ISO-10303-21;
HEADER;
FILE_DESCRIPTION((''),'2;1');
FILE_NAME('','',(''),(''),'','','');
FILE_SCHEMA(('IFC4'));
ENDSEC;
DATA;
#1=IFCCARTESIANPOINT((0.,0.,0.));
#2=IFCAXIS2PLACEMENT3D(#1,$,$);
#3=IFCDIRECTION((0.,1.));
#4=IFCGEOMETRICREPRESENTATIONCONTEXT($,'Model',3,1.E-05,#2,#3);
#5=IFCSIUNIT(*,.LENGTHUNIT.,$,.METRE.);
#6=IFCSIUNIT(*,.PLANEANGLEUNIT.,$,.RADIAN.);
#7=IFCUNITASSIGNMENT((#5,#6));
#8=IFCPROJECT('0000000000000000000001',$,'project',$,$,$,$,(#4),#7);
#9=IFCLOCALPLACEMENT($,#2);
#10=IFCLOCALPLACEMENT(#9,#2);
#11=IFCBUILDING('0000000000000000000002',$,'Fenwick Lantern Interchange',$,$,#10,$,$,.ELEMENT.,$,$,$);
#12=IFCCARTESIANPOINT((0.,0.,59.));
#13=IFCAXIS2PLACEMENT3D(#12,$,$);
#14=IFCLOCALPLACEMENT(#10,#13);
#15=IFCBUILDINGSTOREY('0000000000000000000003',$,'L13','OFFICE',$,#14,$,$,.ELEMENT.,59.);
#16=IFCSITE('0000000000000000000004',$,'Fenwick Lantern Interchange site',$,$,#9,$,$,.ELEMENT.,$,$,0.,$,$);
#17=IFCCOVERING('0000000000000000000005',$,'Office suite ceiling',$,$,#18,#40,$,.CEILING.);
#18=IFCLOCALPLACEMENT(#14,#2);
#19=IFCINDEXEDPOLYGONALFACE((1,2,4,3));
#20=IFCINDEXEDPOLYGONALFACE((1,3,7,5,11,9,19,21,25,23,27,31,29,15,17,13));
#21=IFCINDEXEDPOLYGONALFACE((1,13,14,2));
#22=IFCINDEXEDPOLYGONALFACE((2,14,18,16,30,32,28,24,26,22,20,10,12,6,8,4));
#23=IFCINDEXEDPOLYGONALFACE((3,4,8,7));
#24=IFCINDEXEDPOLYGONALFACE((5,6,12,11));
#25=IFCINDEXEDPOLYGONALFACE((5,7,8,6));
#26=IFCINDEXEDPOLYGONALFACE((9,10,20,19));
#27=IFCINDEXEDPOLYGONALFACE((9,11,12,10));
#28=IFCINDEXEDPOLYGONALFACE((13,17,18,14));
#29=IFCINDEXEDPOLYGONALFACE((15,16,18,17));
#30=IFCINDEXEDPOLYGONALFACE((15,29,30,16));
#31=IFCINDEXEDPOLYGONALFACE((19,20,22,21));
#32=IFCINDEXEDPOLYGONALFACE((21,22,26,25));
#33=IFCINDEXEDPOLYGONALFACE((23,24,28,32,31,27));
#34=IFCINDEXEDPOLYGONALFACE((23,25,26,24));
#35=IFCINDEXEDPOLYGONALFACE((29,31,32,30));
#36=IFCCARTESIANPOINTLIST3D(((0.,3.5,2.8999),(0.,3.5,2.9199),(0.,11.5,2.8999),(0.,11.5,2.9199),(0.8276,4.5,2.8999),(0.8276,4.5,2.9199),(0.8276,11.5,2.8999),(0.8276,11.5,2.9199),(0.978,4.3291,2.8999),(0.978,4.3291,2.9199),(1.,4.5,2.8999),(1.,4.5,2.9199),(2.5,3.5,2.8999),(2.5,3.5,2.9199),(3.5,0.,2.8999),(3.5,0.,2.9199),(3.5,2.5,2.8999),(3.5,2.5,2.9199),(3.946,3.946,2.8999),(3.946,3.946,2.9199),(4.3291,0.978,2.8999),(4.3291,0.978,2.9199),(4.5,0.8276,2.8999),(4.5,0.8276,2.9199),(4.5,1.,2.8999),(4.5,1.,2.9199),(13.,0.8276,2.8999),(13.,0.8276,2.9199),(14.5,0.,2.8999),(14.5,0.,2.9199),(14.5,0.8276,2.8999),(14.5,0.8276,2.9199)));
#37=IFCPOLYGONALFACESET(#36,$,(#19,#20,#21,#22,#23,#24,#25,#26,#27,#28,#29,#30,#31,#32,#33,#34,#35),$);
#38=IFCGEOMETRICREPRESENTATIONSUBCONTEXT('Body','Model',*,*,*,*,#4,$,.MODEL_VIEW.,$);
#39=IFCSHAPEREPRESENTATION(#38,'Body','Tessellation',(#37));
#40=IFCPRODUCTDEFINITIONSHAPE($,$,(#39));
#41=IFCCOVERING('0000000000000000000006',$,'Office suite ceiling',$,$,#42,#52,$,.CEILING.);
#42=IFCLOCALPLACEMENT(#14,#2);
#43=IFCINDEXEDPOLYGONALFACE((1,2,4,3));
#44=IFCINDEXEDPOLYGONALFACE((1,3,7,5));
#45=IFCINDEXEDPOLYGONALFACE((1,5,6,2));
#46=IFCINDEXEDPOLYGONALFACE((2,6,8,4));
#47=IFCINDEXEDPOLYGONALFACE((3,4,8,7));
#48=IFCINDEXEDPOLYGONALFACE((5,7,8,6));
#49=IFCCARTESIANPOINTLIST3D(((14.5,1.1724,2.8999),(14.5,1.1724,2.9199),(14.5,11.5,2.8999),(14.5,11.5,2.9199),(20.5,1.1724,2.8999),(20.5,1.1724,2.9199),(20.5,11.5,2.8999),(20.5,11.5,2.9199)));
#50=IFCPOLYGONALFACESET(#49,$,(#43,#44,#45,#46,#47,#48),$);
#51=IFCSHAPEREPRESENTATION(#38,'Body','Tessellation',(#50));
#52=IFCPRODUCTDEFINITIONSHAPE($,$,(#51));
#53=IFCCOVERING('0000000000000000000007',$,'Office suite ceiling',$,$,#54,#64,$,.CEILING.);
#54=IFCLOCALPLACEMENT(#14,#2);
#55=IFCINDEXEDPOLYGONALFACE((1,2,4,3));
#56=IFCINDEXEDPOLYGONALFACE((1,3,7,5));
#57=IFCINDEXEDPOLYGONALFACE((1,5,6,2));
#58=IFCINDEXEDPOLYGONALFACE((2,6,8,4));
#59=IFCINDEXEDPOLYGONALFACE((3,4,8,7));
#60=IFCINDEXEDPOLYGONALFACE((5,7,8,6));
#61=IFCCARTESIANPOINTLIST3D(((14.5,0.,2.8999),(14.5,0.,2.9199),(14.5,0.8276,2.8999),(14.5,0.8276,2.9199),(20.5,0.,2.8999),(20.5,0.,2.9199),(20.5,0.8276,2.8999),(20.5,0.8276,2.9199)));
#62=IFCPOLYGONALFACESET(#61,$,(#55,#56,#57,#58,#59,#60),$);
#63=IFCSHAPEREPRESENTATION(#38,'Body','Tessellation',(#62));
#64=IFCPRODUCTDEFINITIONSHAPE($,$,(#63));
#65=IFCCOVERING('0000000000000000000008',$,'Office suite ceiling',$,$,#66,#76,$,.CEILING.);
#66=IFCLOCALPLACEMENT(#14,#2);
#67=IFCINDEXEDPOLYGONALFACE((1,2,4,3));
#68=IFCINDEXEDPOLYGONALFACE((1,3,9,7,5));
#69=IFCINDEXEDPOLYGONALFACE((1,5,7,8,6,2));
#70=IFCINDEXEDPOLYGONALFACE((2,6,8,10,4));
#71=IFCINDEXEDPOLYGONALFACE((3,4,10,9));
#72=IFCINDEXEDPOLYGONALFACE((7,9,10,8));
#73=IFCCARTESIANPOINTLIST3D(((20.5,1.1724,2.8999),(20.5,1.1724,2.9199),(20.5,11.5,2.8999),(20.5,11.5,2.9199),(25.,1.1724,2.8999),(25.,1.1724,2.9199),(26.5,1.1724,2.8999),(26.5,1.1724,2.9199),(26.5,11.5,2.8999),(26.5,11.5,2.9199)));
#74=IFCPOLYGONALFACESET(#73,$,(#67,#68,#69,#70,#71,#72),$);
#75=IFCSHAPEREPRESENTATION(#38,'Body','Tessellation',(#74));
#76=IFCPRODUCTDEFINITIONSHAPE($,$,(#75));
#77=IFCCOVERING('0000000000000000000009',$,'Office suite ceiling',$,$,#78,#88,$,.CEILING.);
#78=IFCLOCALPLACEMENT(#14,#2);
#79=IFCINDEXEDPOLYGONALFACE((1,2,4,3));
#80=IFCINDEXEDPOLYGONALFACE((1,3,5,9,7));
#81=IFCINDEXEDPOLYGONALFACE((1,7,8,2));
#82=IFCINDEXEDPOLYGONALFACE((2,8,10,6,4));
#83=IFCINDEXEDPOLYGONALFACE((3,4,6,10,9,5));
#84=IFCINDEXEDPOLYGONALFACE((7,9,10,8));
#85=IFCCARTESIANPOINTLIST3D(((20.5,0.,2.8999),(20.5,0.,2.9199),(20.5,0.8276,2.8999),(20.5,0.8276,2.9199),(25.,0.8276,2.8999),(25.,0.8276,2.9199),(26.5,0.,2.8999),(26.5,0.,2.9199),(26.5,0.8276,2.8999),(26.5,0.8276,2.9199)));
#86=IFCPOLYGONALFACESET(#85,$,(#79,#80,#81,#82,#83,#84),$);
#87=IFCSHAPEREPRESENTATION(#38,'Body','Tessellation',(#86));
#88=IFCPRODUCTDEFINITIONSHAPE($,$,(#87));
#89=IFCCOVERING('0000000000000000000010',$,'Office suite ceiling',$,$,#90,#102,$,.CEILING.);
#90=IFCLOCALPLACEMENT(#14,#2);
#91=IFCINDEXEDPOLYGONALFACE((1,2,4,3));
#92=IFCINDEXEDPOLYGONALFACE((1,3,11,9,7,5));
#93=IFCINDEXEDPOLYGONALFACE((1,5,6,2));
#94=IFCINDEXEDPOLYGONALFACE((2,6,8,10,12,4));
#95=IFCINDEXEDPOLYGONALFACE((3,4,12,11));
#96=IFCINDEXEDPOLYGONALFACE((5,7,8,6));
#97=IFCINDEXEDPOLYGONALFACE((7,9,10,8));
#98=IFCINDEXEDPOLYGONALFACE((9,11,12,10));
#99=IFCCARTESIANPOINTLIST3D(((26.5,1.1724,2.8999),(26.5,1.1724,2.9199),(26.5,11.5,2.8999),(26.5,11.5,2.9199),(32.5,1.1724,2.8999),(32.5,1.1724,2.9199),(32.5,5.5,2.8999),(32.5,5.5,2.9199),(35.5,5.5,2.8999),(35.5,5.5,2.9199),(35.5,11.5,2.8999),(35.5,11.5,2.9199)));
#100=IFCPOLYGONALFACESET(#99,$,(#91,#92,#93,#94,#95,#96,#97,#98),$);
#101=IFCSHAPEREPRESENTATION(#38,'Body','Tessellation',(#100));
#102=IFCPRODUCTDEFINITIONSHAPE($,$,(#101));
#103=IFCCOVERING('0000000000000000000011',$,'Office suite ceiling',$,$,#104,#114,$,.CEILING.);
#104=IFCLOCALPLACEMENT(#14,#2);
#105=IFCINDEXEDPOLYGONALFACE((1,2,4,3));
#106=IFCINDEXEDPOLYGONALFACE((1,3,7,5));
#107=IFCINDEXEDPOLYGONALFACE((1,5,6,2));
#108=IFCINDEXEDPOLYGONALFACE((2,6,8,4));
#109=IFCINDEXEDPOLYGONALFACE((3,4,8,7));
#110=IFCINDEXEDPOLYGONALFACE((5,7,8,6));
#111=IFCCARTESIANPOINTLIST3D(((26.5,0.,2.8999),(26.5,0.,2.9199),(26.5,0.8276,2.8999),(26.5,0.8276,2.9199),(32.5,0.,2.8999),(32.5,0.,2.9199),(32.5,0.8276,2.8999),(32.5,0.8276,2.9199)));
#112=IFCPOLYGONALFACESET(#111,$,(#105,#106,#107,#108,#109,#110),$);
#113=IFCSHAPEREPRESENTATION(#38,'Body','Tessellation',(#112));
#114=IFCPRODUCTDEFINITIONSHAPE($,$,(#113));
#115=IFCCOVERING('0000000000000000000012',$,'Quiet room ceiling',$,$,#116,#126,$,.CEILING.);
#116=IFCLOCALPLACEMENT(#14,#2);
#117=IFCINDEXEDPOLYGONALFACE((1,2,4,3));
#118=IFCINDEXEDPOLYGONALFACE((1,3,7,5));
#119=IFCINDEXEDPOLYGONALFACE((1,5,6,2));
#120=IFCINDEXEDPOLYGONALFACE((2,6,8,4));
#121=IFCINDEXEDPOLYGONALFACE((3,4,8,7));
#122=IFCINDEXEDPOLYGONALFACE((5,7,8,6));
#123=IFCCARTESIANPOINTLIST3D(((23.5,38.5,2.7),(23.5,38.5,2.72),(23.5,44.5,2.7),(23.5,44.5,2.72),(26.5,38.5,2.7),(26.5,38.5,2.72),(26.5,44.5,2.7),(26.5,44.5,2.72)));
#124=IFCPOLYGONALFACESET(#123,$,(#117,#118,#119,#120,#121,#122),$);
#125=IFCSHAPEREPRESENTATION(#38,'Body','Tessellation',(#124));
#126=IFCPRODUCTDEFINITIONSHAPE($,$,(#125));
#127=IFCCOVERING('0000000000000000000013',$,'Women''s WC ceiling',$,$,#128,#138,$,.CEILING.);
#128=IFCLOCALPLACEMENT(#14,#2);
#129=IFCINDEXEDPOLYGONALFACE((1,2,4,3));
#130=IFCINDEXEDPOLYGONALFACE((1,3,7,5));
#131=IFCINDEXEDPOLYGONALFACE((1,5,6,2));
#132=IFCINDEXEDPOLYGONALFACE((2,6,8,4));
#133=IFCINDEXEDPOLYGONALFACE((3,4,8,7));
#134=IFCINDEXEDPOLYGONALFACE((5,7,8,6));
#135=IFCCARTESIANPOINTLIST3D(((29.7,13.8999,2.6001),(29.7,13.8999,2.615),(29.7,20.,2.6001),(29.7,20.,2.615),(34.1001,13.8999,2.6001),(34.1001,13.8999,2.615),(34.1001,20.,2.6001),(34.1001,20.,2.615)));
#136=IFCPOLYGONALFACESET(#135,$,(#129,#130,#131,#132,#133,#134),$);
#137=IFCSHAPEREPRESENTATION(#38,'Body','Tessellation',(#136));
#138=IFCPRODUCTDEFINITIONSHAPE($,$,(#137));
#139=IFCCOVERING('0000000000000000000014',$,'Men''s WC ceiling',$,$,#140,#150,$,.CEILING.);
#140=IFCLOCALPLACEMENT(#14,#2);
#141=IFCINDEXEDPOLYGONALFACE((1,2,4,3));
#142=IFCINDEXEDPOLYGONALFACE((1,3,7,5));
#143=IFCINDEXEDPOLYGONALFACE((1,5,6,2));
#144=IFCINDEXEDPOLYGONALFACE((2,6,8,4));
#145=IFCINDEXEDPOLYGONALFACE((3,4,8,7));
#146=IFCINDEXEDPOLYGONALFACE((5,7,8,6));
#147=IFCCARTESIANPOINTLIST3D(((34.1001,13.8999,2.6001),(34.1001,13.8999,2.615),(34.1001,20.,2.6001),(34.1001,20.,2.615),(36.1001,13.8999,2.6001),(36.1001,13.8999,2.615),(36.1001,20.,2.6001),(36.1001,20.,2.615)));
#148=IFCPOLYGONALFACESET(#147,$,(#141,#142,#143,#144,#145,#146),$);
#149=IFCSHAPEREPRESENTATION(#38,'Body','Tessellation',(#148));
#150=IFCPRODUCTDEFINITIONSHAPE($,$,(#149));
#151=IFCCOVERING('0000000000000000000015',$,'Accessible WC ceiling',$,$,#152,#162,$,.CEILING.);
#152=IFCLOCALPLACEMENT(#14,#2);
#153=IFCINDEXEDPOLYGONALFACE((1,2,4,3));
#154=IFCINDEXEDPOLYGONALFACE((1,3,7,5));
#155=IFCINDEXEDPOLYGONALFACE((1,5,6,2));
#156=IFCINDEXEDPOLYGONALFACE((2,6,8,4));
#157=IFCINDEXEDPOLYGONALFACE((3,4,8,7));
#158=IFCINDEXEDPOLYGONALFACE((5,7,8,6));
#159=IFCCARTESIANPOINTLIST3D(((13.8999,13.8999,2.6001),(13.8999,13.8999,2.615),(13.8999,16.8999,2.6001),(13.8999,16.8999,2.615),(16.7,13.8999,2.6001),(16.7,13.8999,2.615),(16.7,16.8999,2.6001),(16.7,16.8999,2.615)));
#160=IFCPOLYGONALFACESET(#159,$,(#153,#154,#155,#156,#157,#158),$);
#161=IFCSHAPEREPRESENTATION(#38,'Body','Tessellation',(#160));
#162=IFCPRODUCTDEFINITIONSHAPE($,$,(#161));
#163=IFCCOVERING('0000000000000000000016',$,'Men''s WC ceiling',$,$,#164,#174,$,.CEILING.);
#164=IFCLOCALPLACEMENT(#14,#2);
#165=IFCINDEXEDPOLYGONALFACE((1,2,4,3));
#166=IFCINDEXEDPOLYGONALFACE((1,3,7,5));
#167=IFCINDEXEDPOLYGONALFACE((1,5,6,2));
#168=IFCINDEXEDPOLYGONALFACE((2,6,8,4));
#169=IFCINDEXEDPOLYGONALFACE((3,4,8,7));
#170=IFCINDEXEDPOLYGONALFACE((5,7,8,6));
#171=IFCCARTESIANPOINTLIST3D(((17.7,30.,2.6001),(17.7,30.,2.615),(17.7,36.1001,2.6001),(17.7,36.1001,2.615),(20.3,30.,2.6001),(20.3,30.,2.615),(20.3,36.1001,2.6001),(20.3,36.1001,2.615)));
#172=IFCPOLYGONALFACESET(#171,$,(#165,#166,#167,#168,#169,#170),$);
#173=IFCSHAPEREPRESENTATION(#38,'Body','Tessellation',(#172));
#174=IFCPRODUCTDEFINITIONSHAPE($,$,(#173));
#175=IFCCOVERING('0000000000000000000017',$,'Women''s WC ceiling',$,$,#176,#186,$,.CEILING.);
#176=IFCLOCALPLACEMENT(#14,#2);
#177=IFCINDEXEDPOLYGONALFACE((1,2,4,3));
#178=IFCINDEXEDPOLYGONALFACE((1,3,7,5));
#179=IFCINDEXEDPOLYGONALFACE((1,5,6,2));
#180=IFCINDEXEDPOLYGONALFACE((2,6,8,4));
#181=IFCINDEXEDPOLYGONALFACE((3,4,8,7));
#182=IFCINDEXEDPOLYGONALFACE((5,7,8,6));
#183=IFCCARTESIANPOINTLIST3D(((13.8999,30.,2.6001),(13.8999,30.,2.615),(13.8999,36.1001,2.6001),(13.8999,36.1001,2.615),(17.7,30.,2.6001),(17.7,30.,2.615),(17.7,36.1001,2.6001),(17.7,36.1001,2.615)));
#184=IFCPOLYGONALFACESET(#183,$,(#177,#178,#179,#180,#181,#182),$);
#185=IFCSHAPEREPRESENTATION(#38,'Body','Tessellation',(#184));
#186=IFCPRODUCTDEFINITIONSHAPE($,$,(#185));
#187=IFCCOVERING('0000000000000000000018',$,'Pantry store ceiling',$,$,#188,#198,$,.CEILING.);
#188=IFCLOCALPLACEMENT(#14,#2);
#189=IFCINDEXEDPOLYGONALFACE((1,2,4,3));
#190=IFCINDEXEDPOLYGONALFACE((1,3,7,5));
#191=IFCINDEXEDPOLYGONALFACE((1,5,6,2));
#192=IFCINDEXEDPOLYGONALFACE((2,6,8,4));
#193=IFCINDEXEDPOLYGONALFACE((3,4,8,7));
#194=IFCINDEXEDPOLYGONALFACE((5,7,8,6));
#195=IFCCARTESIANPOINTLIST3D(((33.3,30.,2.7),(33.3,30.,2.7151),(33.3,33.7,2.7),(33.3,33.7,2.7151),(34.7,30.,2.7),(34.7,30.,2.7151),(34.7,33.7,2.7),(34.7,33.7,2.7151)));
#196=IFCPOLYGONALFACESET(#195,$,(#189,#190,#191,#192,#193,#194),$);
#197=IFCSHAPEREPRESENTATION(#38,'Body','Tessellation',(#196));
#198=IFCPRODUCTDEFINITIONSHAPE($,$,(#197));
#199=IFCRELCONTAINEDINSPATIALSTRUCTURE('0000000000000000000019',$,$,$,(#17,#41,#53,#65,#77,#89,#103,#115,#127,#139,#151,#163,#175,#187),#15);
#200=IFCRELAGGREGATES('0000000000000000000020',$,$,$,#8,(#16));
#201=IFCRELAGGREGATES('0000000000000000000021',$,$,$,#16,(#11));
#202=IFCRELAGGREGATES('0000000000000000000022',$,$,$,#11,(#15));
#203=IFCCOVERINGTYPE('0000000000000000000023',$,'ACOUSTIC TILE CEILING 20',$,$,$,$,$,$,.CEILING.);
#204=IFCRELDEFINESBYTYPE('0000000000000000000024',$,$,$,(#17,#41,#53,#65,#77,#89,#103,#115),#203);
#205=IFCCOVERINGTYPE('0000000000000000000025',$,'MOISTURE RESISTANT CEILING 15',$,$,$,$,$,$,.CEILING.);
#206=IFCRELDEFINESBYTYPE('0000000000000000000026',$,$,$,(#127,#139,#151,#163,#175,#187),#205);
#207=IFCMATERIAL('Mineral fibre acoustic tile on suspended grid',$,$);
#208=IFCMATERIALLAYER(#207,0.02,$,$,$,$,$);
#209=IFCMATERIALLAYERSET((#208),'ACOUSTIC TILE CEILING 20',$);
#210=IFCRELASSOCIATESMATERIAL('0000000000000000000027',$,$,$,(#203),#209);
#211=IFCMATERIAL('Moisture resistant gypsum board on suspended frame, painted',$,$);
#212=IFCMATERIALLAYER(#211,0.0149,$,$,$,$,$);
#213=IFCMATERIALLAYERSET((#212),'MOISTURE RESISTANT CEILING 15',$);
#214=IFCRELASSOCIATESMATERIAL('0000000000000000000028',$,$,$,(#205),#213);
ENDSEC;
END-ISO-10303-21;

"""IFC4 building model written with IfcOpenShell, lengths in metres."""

from ifc_helpers import new_model, si_unit, direction, frame, origin, place, context, subcontext, project, spatial, polyline, outline, extrude, material, layer, layer_set, type_object, element, save


model = new_model("IFC4")

# Units and contexts
model_context = context("Model", 3, precision=1e-05, world=origin(), true_north=direction((0.0, 1.0)))
body_context = subcontext(model_context, "Body", "Model", "MODEL_VIEW")
ifc_project = project(units=[si_unit("LENGTHUNIT", "METRE"), si_unit("PLANEANGLEUNIT", "RADIAN")], contexts=[model_context])

# Site, building, storey
site_placement = place(None, origin())
site = spatial("IfcSite", under=ifc_project, at=site_placement, Name="Fenwick Lantern Interchange site", CompositionType="ELEMENT", RefElevation=0.0)
building_placement = place(site_placement, origin())
building = spatial("IfcBuilding", under=site, at=building_placement, Name="Fenwick Lantern Interchange", CompositionType="ELEMENT")
storey_placement = place(building_placement, frame((0.0, 0.0, 59.0)))
storey = spatial("IfcBuildingStorey", under=building, at=storey_placement, Name="L13", Description="OFFICE", CompositionType="ELEMENT", Elevation=59.0)

# Coverings
ifc_material_1 = material(Name="Mineral fibre acoustic tile on suspended grid")
ifc_layer_1 = layer(ifc_material_1, 0.02)
ifc_layer_set_1 = layer_set([ifc_layer_1], Name="ACOUSTIC TILE CEILING 20")
covering_type_1 = type_object("IfcCoveringType", Name="ACOUSTIC TILE CEILING 20", PredefinedType="CEILING", material=ifc_layer_set_1)
covering_1_placement = place(storey_placement, frame((0.0, 0.0, 2.8999)))
element("IfcCovering", 1, at=covering_1_placement, inside=storey, type_object=covering_type_1, Name="Office suite ceiling", PredefinedType="CEILING", context=body_context, shape_type="SweptSolid", body=[
    extrude(outline(polyline([(3.5, 2.5), (3.5, 0.0), (14.5, 0.0), (14.5, 0.8276), (13.0, 0.8276), (4.5, 0.8276), (4.5, 1.0), (4.3291, 0.978), (3.946, 3.946), (0.978, 4.3291), (1.0, 4.5), (0.8276, 4.5), (0.8276, 11.5), (0.0, 11.5), (0.0, 3.5), (2.5, 3.5), (3.5, 2.5)])), origin(), (0.0, 0.0, 1.0), 0.02),
])
covering_2_placement = place(storey_placement, frame((0.0, 0.0, 2.8999)))
element("IfcCovering", 2, at=covering_2_placement, inside=storey, type_object=covering_type_1, Name="Office suite ceiling", PredefinedType="CEILING", context=body_context, shape_type="SweptSolid", body=[
    extrude(outline(polyline([(14.5, 11.5), (14.5, 1.1724), (20.5, 1.1724), (20.5, 11.5), (14.5, 11.5)])), origin(), (0.0, 0.0, 1.0), 0.02),
])
covering_3_placement = place(storey_placement, frame((0.0, 0.0, 2.8999)))
element("IfcCovering", 3, at=covering_3_placement, inside=storey, type_object=covering_type_1, Name="Office suite ceiling", PredefinedType="CEILING", context=body_context, shape_type="SweptSolid", body=[
    extrude(outline(polyline([(14.5, 0.0), (20.5, 0.0), (20.5, 0.8276), (14.5, 0.8276), (14.5, 0.0)])), origin(), (0.0, 0.0, 1.0), 0.02),
])
covering_4_placement = place(storey_placement, frame((0.0, 0.0, 2.8999)))
element("IfcCovering", 4, at=covering_4_placement, inside=storey, type_object=covering_type_1, Name="Office suite ceiling", PredefinedType="CEILING", context=body_context, shape_type="SweptSolid", body=[
    extrude(outline(polyline([(20.5, 11.5), (20.5, 1.1724), (25.0, 1.1724), (26.5, 1.1724), (26.5, 11.5), (20.5, 11.5)])), origin(), (0.0, 0.0, 1.0), 0.02),
])
covering_5_placement = place(storey_placement, frame((0.0, 0.0, 2.8999)))
element("IfcCovering", 5, at=covering_5_placement, inside=storey, type_object=covering_type_1, Name="Office suite ceiling", PredefinedType="CEILING", context=body_context, shape_type="SweptSolid", body=[
    extrude(outline(polyline([(20.5, 0.0), (26.5, 0.0), (26.5, 0.8276), (25.0, 0.8276), (20.5, 0.8276), (20.5, 0.0)])), origin(), (0.0, 0.0, 1.0), 0.02),
])
covering_6_placement = place(storey_placement, frame((0.0, 0.0, 2.8999)))
element("IfcCovering", 6, at=covering_6_placement, inside=storey, type_object=covering_type_1, Name="Office suite ceiling", PredefinedType="CEILING", context=body_context, shape_type="SweptSolid", body=[
    extrude(outline(polyline([(26.5, 11.5), (26.5, 1.1724), (32.5, 1.1724), (32.5, 5.5), (35.5, 5.5), (35.5, 11.5), (26.5, 11.5)])), origin(), (0.0, 0.0, 1.0), 0.02),
])
covering_7_placement = place(storey_placement, frame((0.0, 0.0, 2.8999)))
element("IfcCovering", 7, at=covering_7_placement, inside=storey, type_object=covering_type_1, Name="Office suite ceiling", PredefinedType="CEILING", context=body_context, shape_type="SweptSolid", body=[
    extrude(outline(polyline([(26.5, 0.0), (32.5, 0.0), (32.5, 0.8276), (26.5, 0.8276), (26.5, 0.0)])), origin(), (0.0, 0.0, 1.0), 0.02),
])
covering_8_placement = place(storey_placement, frame((0.0, 0.0, 2.7)))
element("IfcCovering", 8, at=covering_8_placement, inside=storey, type_object=covering_type_1, Name="Quiet room ceiling", PredefinedType="CEILING", context=body_context, shape_type="SweptSolid", body=[
    extrude(outline(polyline([(26.5, 44.5), (23.5, 44.5), (23.5, 38.5), (26.5, 38.5), (26.5, 44.5)])), origin(), (0.0, 0.0, 1.0), 0.02),
])
ifc_material_2 = material(Name="Moisture resistant gypsum board on suspended frame, painted")
ifc_layer_2 = layer(ifc_material_2, 0.0149)
ifc_layer_set_2 = layer_set([ifc_layer_2], Name="MOISTURE RESISTANT CEILING 15")
covering_type_2 = type_object("IfcCoveringType", Name="MOISTURE RESISTANT CEILING 15", PredefinedType="CEILING", material=ifc_layer_set_2)
covering_9_placement = place(storey_placement, frame((0.0, 0.0, 2.6001)))
element("IfcCovering", 9, at=covering_9_placement, inside=storey, type_object=covering_type_2, Name="Women's WC ceiling", PredefinedType="CEILING", context=body_context, shape_type="SweptSolid", body=[
    extrude(outline(polyline([(29.7, 13.8999), (34.1001, 13.8999), (34.1001, 20.0), (29.7, 20.0), (29.7, 13.8999)])), origin(), (0.0, 0.0, 1.0), 0.0149),
])
covering_10_placement = place(storey_placement, frame((0.0, 0.0, 2.6001)))
element("IfcCovering", 10, at=covering_10_placement, inside=storey, type_object=covering_type_2, Name="Men's WC ceiling", PredefinedType="CEILING", context=body_context, shape_type="SweptSolid", body=[
    extrude(outline(polyline([(34.1001, 13.8999), (36.1001, 13.8999), (36.1001, 20.0), (34.1001, 20.0), (34.1001, 13.8999)])), origin(), (0.0, 0.0, 1.0), 0.0149),
])
covering_11_placement = place(storey_placement, frame((0.0, 0.0, 2.6001)))
element("IfcCovering", 11, at=covering_11_placement, inside=storey, type_object=covering_type_2, Name="Accessible WC ceiling", PredefinedType="CEILING", context=body_context, shape_type="SweptSolid", body=[
    extrude(outline(polyline([(13.8999, 13.8999), (16.7, 13.8999), (16.7, 16.8999), (13.8999, 16.8999), (13.8999, 13.8999)])), origin(), (0.0, 0.0, 1.0), 0.0149),
])
covering_12_placement = place(storey_placement, frame((0.0, 0.0, 2.6001)))
element("IfcCovering", 12, at=covering_12_placement, inside=storey, type_object=covering_type_2, Name="Men's WC ceiling", PredefinedType="CEILING", context=body_context, shape_type="SweptSolid", body=[
    extrude(outline(polyline([(20.3, 36.1001), (17.7, 36.1001), (17.7, 30.0), (20.3, 30.0), (20.3, 36.1001)])), origin(), (0.0, 0.0, 1.0), 0.0149),
])
covering_13_placement = place(storey_placement, frame((0.0, 0.0, 2.6001)))
element("IfcCovering", 13, at=covering_13_placement, inside=storey, type_object=covering_type_2, Name="Women's WC ceiling", PredefinedType="CEILING", context=body_context, shape_type="SweptSolid", body=[
    extrude(outline(polyline([(17.7, 36.1001), (13.8999, 36.1001), (13.8999, 30.0), (17.7, 30.0), (17.7, 36.1001)])), origin(), (0.0, 0.0, 1.0), 0.0149),
])
covering_14_placement = place(storey_placement, frame((0.0, 0.0, 2.7)))
element("IfcCovering", 14, at=covering_14_placement, inside=storey, type_object=covering_type_2, Name="Pantry store ceiling", PredefinedType="CEILING", context=body_context, shape_type="SweptSolid", body=[
    extrude(outline(polyline([(34.7, 33.7), (33.3, 33.7), (33.3, 30.0), (34.7, 30.0), (34.7, 33.7)])), origin(), (0.0, 0.0, 1.0), 0.0151),
])

save(model, "model.ifc")
